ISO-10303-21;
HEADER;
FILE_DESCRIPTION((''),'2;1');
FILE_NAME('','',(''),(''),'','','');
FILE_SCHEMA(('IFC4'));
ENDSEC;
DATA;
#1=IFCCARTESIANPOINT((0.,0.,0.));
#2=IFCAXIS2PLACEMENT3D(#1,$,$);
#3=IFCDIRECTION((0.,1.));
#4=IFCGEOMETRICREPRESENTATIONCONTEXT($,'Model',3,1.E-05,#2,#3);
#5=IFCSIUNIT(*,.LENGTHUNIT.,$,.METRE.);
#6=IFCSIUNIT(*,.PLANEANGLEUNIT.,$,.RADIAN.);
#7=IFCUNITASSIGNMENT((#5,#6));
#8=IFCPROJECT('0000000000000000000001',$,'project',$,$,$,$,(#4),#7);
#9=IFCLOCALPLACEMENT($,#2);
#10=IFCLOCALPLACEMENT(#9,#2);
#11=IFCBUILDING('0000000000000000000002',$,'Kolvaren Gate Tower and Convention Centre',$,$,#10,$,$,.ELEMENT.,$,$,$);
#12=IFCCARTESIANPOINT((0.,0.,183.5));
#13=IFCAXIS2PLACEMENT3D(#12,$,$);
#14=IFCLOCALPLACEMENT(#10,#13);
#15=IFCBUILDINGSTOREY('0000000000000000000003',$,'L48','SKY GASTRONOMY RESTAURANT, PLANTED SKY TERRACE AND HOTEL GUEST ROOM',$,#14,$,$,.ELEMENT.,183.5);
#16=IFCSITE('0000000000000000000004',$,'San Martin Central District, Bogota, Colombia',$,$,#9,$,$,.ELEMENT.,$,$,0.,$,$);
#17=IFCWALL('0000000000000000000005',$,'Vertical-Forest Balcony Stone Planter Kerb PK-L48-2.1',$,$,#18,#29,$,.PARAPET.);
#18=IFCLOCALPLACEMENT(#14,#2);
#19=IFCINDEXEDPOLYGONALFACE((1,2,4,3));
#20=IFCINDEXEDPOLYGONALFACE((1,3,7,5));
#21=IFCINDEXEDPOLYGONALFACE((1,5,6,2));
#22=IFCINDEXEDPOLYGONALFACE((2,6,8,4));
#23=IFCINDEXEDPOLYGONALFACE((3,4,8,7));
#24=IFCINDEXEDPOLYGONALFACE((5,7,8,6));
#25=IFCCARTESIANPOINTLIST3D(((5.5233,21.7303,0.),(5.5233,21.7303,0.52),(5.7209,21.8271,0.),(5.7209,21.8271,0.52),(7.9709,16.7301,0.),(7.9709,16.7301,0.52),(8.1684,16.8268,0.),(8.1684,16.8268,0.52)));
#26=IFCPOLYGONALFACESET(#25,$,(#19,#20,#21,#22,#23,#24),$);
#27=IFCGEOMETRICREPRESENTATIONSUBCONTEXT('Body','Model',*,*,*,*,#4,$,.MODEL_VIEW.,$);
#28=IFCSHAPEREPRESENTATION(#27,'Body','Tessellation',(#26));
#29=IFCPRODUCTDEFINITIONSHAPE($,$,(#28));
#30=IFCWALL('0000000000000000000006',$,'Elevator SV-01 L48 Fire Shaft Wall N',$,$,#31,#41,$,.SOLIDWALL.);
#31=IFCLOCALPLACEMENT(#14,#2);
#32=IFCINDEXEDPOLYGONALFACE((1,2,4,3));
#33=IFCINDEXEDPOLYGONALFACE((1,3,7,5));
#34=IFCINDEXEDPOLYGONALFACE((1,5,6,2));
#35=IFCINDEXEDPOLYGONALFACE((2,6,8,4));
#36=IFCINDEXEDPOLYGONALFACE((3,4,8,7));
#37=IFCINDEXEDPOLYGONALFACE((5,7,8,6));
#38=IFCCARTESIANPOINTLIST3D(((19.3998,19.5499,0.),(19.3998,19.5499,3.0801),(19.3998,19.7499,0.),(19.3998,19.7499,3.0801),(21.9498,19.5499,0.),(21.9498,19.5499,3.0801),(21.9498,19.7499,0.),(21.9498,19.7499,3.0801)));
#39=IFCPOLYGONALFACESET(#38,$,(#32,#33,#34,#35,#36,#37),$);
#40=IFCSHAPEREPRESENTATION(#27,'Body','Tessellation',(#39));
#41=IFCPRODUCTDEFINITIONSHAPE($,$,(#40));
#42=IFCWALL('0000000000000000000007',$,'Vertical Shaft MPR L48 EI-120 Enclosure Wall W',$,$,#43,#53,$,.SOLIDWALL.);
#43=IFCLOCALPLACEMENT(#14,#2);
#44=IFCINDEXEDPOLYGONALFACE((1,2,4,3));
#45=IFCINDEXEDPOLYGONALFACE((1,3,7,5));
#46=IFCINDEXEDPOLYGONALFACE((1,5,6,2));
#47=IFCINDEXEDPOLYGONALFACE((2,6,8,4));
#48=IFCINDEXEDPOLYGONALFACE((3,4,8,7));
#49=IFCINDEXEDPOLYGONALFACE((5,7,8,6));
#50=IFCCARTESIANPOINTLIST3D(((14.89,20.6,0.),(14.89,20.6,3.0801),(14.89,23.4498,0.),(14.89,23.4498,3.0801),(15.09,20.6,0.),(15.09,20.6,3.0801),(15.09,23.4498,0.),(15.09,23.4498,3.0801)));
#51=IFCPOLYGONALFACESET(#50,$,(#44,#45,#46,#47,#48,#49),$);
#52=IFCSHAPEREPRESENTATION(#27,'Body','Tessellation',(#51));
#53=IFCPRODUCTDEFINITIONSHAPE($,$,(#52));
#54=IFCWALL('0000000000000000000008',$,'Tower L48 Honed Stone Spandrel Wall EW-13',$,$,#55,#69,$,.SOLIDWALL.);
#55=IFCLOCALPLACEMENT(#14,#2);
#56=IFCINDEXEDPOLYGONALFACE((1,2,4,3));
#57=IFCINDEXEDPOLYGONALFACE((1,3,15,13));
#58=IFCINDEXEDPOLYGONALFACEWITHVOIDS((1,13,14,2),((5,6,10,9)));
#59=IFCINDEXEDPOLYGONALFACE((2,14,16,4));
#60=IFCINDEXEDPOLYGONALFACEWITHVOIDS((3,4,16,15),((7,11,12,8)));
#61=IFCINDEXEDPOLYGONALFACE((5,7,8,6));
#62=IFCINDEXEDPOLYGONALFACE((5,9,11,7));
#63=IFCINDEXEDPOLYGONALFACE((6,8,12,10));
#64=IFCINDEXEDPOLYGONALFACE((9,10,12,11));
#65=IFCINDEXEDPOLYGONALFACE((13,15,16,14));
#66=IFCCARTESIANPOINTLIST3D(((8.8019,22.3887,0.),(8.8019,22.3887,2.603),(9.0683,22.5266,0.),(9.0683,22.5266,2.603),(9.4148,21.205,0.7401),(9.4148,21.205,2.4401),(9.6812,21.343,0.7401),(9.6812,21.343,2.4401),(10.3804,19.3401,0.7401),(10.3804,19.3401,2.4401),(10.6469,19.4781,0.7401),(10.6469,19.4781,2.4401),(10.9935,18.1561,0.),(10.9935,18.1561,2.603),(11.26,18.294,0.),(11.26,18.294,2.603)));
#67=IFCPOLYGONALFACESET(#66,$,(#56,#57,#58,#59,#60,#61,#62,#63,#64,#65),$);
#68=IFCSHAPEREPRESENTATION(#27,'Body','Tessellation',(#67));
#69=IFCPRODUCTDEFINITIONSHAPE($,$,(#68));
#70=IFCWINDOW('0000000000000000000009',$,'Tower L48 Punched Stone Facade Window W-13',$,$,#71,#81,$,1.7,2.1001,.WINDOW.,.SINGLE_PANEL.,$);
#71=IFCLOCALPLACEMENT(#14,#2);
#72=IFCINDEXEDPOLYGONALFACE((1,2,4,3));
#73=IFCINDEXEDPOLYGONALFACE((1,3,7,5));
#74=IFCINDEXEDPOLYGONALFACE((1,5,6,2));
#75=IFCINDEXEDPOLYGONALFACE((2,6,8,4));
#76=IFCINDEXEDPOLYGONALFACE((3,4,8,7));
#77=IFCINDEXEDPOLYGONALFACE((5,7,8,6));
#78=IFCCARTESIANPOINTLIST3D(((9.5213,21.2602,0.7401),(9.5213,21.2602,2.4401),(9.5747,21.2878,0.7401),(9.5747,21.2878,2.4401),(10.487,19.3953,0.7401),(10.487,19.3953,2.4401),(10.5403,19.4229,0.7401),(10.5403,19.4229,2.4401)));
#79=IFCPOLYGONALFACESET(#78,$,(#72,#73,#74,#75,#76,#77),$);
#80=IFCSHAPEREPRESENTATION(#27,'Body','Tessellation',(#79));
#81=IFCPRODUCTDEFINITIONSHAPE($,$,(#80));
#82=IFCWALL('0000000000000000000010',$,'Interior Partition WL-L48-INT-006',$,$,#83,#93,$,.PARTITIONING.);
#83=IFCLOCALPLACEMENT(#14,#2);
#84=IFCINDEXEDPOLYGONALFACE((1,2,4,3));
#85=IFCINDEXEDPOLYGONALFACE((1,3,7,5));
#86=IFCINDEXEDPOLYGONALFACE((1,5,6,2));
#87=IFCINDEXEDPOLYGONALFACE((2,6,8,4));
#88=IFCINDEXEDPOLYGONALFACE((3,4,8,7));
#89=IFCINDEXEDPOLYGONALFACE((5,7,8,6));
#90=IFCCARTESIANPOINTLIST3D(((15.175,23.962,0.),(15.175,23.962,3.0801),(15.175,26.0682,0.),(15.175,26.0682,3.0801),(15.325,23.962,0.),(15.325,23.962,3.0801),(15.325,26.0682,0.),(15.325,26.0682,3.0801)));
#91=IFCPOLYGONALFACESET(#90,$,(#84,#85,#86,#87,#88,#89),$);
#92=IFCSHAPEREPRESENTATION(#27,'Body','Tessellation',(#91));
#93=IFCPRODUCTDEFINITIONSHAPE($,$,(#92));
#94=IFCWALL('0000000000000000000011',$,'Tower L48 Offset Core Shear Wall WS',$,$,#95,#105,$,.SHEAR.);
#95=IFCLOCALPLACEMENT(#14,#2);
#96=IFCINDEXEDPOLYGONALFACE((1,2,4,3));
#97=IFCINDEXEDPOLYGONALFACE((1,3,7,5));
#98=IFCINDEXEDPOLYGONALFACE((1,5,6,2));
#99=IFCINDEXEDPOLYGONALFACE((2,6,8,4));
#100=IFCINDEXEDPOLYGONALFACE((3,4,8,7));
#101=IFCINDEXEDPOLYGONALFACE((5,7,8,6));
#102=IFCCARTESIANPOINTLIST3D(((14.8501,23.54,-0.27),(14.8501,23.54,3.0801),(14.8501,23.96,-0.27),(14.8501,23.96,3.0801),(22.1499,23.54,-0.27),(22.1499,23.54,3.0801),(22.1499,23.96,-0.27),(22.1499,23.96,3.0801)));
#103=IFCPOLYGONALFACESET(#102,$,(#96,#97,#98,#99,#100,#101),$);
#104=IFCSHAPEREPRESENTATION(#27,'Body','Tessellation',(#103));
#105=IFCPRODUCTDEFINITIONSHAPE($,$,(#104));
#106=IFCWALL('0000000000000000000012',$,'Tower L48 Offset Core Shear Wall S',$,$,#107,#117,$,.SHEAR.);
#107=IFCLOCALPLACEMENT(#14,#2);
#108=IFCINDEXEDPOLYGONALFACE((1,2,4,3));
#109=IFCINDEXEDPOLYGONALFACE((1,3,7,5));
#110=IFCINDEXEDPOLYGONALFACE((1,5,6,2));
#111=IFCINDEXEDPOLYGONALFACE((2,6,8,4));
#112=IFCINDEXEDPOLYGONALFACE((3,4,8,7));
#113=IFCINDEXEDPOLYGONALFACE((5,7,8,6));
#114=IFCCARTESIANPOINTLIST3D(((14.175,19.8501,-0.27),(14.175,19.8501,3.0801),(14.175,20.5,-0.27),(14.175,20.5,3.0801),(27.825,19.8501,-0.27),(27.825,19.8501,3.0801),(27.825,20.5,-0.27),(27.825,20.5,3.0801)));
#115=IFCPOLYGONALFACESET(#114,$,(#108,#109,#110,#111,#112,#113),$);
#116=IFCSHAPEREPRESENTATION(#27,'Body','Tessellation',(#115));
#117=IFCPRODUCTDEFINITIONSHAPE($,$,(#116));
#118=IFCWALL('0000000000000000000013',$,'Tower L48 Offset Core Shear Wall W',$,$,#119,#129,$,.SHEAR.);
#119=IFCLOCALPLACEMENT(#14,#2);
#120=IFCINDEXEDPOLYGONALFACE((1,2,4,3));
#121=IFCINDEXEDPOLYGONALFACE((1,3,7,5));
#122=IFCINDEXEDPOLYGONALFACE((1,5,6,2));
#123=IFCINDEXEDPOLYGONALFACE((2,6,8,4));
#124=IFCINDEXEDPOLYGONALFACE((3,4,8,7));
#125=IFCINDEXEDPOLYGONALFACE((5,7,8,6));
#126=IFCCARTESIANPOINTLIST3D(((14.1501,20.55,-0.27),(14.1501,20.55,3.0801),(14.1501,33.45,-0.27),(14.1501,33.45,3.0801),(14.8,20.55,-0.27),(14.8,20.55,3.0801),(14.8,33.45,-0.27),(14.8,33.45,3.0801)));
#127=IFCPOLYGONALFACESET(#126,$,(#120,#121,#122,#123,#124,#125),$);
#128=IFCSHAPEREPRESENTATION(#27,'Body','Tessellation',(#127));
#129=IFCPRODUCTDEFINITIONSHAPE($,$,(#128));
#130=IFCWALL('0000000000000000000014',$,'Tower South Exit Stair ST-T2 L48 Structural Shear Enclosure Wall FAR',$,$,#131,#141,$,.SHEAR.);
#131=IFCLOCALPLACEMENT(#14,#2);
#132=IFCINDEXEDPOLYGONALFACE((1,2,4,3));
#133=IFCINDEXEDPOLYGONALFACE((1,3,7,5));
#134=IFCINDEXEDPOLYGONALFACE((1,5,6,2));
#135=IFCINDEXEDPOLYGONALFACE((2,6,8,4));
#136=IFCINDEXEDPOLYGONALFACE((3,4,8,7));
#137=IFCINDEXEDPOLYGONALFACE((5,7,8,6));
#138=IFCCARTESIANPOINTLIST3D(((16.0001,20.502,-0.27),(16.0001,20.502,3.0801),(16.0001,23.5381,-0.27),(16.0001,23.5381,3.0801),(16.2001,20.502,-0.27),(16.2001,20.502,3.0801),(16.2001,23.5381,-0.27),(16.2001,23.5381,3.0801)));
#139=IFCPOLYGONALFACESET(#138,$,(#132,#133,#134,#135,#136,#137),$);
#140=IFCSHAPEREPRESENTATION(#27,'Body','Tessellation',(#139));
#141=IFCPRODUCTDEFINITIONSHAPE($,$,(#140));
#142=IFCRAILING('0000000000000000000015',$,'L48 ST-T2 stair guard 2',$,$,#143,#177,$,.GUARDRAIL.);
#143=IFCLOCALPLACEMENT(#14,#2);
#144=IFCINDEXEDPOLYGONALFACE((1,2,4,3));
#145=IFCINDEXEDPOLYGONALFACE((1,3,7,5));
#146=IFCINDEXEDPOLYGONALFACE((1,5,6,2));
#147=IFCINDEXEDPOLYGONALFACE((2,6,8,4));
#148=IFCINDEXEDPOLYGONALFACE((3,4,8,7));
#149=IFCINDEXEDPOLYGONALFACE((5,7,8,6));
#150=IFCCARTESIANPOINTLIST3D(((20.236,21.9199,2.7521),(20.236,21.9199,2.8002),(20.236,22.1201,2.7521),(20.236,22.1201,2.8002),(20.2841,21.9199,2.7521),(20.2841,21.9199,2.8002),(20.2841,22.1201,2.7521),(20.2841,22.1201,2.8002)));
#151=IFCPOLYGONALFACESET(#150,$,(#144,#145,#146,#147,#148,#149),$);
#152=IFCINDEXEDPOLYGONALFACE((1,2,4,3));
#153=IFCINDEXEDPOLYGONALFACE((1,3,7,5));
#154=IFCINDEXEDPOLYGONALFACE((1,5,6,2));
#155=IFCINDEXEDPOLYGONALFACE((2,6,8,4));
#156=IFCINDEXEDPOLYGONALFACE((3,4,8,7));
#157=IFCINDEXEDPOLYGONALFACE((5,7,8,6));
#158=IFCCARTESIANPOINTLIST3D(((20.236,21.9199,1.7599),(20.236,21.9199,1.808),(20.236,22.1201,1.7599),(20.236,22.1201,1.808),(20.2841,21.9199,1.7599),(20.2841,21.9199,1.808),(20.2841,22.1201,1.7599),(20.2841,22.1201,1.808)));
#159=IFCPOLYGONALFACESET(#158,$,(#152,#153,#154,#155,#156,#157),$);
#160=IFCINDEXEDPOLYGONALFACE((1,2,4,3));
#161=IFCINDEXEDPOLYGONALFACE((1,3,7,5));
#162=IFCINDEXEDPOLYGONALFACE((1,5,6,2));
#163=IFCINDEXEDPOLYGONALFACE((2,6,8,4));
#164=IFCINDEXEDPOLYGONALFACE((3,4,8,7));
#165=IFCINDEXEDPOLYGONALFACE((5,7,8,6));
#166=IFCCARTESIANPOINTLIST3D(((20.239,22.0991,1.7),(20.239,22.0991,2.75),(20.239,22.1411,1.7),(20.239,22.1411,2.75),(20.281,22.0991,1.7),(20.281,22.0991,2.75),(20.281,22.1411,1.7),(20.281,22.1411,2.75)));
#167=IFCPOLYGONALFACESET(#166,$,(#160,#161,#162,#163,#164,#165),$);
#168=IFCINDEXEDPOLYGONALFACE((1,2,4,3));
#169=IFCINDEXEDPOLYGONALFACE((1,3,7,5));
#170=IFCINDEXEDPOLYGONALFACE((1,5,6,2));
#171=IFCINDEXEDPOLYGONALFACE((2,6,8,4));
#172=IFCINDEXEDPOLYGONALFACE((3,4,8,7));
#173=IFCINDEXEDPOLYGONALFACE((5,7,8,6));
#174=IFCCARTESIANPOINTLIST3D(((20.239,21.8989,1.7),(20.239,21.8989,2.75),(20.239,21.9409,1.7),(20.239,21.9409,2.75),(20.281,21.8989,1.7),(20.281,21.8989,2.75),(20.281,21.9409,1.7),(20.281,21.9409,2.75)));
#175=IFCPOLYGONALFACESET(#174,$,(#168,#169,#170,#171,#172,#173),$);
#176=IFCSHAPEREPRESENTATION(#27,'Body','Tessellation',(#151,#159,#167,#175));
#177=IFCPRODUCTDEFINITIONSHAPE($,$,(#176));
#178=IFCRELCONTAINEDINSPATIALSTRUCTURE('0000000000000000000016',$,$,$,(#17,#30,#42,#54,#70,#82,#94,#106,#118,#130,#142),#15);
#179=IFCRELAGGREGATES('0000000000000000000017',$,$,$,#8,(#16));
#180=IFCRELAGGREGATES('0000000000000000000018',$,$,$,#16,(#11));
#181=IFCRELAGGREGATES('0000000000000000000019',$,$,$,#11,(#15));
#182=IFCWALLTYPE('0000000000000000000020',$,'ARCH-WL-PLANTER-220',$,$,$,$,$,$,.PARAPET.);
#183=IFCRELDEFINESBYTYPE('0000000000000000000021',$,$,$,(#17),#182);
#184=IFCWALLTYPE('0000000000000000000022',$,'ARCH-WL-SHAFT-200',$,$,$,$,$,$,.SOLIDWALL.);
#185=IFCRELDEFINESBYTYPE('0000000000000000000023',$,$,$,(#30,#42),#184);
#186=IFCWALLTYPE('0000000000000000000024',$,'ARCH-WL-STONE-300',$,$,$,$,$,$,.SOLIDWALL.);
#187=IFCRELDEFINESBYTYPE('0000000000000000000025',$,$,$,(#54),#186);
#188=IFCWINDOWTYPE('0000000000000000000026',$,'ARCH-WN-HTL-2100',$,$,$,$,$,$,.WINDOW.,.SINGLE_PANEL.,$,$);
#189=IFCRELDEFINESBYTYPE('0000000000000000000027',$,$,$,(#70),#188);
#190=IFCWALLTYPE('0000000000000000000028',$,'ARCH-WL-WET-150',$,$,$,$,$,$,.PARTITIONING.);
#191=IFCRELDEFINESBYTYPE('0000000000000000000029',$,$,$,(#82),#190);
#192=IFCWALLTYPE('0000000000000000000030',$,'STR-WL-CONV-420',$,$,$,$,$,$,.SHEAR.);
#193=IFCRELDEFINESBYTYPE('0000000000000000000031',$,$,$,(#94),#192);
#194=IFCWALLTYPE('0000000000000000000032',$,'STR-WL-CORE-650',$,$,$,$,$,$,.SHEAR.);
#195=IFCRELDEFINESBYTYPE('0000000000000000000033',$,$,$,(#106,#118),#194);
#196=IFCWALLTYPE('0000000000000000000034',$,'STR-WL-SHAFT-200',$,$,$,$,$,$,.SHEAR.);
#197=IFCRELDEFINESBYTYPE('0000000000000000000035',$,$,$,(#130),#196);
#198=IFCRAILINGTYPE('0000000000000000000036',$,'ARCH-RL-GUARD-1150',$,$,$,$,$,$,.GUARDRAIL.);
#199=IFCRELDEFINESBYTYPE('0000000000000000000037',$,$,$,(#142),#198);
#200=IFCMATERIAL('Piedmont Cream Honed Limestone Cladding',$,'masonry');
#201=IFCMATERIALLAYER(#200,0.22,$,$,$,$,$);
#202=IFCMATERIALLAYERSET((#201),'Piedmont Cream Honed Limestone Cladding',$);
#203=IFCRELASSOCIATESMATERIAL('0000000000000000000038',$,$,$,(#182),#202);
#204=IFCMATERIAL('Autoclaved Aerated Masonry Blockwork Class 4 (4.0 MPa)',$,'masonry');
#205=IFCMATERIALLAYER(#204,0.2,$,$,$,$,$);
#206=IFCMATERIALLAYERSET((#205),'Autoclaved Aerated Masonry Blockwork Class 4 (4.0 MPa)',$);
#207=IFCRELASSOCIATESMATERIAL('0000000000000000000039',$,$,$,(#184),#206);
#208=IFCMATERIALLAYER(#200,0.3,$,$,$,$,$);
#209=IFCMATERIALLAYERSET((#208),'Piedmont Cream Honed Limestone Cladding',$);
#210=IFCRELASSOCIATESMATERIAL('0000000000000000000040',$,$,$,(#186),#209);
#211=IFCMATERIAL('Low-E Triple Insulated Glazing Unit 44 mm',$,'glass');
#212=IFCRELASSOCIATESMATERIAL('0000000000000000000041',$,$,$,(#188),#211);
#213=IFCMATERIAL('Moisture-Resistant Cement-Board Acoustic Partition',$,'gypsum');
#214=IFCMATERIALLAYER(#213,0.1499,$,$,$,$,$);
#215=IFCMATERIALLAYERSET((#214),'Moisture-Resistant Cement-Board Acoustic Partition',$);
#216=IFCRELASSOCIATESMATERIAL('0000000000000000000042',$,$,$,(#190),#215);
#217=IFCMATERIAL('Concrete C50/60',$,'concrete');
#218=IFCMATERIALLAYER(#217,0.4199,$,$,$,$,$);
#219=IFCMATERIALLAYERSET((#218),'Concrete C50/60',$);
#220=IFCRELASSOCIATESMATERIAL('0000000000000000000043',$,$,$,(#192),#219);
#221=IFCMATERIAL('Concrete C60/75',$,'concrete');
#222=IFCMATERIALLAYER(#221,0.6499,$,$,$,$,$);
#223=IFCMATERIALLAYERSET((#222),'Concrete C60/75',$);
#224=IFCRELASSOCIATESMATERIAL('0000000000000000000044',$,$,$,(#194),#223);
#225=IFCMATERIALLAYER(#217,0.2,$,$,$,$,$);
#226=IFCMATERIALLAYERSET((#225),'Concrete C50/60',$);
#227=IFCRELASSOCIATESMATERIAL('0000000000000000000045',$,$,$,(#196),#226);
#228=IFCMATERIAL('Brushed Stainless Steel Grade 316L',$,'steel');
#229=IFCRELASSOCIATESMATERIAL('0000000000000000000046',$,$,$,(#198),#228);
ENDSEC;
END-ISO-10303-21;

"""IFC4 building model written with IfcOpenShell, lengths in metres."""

from ifc_helpers import new_model, si_unit, direction, frame, frame_2d, origin, origin_2d, place, context, subcontext, project, spatial, rectangle, extrude, material, layer, layer_set, type_object, element, fill, save


model = new_model("IFC4")

# Units and contexts
model_context = context("Model", 3, precision=1e-05, world=origin(), true_north=direction((0.0, 1.0)))
body_context = subcontext(model_context, "Body", "Model", "MODEL_VIEW")
ifc_project = project(units=[si_unit("LENGTHUNIT", "METRE"), si_unit("PLANEANGLEUNIT", "RADIAN")], contexts=[model_context])

# Site, building, storey
site_placement = place(None, origin())
site = spatial("IfcSite", under=ifc_project, at=site_placement, Name="San Martin Central District, Bogota, Colombia", CompositionType="ELEMENT", RefElevation=0.0)
building_placement = place(site_placement, origin())
building = spatial("IfcBuilding", under=site, at=building_placement, Name="Kolvaren Gate Tower and Convention Centre", CompositionType="ELEMENT")
storey_placement = place(building_placement, frame((0.0, 0.0, 183.5)))
storey = spatial("IfcBuildingStorey", under=building, at=storey_placement, Name="L48", Description="SKY GASTRONOMY RESTAURANT, PLANTED SKY TERRACE AND HOTEL GUEST ROOM", CompositionType="ELEMENT", Elevation=183.5)

# Shared definitions
ifc_material_1 = material(Name="Concrete C60/75", Category="concrete")

# Shared definitions
ifc_material_2 = material(Name="Autoclaved Aerated Masonry Blockwork Class 4 (4.0 MPa)", Category="masonry")

# Walls
ifc_material_3 = material(Name="Piedmont Cream Honed Limestone Cladding", Category="masonry")
ifc_layer_1 = layer(ifc_material_3, 0.22)
ifc_layer_set_1 = layer_set([ifc_layer_1], Name="Piedmont Cream Honed Limestone Cladding")
wall_type_1 = type_object("IfcWallType", Name="ARCH-WL-PLANTER-220", PredefinedType="PARAPET", material=ifc_layer_set_1)
wall_1_placement = place(storey_placement, frame((5.6221, 21.7788, 0.0), z_axis=(0.0, 0.0, 1.0), x_axis=(0.439637, -0.898175, 0.0)))
element("IfcWall", 1, at=wall_1_placement, inside=storey, type_object=wall_type_1, Name="Vertical-Forest Balcony Stone Planter Kerb PK-L48-2.1", PredefinedType="PARAPET", context=body_context, shape_type="SweptSolid", body=[
    extrude(rectangle(XDim=5.5671, YDim=0.22, at=frame_2d((2.7837, 0.0))), origin(), (0.0, 0.0, 1.0), 0.52),
])
ifc_layer_2 = layer(ifc_material_2, 0.2)
ifc_layer_set_2 = layer_set([ifc_layer_2], Name="Autoclaved Aerated Masonry Blockwork Class 4 (4.0 MPa)")
wall_type_2 = type_object("IfcWallType", Name="ARCH-WL-SHAFT-200", PredefinedType="SOLIDWALL", material=ifc_layer_set_2)
wall_2_placement = place(storey_placement, frame((19.3999, 19.6499, 0.0), z_axis=(0.0, 0.0, 1.0), x_axis=(1.0, 0.0, 0.0)))
element("IfcWall", 2, at=wall_2_placement, inside=storey, type_object=wall_type_2, Name="Elevator SV-01 L48 Fire Shaft Wall N", PredefinedType="SOLIDWALL", context=body_context, shape_type="SweptSolid", body=[
    extrude(rectangle(XDim=2.55, YDim=0.2, at=frame_2d((1.2749, 0.0))), origin(), (0.0, 0.0, 1.0), 3.0801),
])
wall_3_placement = place(storey_placement, frame((14.99, 20.6001, 0.0), z_axis=(0.0, 0.0, 1.0), x_axis=(0.0, 1.0, 0.0)))
element("IfcWall", 3, at=wall_3_placement, inside=storey, type_object=wall_type_2, Name="Vertical Shaft MPR L48 EI-120 Enclosure Wall W", PredefinedType="SOLIDWALL", context=body_context, shape_type="SweptSolid", body=[
    extrude(rectangle(XDim=2.8499, YDim=0.2, at=frame_2d((1.4248, 0.0))), origin(), (0.0, 0.0, 1.0), 3.0801),
])

# Wall, opening, window
ifc_layer_3 = layer(ifc_material_3, 0.3)
ifc_layer_set_3 = layer_set([ifc_layer_3], Name="Piedmont Cream Honed Limestone Cladding")
wall_type_3 = type_object("IfcWallType", Name="ARCH-WL-STONE-300", PredefinedType="SOLIDWALL", material=ifc_layer_set_3)
wall_4_placement = place(storey_placement, frame((8.9351, 22.4578, 0.0), z_axis=(0.0, 0.0, 1.0), x_axis=(0.45981, -0.888017, 0.0)))
wall_4 = element("IfcWall", 4, at=wall_4_placement, inside=storey, type_object=wall_type_3, Name="Tower L48 Honed Stone Spandrel Wall EW-13", PredefinedType="SOLIDWALL", context=body_context, shape_type="SweptSolid", body=[
    extrude(rectangle(XDim=4.7664, YDim=0.3, at=frame_2d((2.3833, 0.0))), origin(), (0.0, 0.0, 1.0), 2.603),
])
opening_1_placement = place(wall_4_placement, frame((1.333, 0.0, 0.74)))
opening_1 = element("IfcOpeningElement", 5, at=opening_1_placement, cuts=wall_4, PredefinedType="OPENING", context=body_context, shape_type="SweptSolid", body=[
    extrude(rectangle(XDim=2.1001, YDim=1.7, at=frame_2d((1.05, 0.8501))), frame((0.0, 0.1599, 0.0), z_axis=(0.0, -1.0, 0.0), x_axis=(1.0, 0.0, 0.0)), (0.0, 0.0, 1.0), 0.3201),
])
ifc_material_4 = material(Name="Low-E Triple Insulated Glazing Unit 44 mm", Category="glass")
window_type = type_object("IfcWindowType", Name="ARCH-WN-HTL-2100", PartitioningType="SINGLE_PANEL", PredefinedType="WINDOW", material=ifc_material_4)
window_placement = place(opening_1_placement, origin())
window = element("IfcWindow", 6, at=window_placement, inside=storey, type_object=window_type, Name="Tower L48 Punched Stone Facade Window W-13", OverallHeight=1.7, OverallWidth=2.1001, PartitioningType="SINGLE_PANEL", PredefinedType="WINDOW", context=body_context, shape_type="SweptSolid", body=[
    extrude(rectangle(XDim=2.1001, YDim=1.7, at=frame_2d((1.05, 0.8501))), frame((0.0, 0.03, 0.0), z_axis=(0.0, -1.0, 0.0), x_axis=(1.0, 0.0, 0.0)), (0.0, 0.0, 1.0), 0.0601),
])
fill(opening_1, window)

# Walls
ifc_material_5 = material(Name="Moisture-Resistant Cement-Board Acoustic Partition", Category="gypsum")
ifc_layer_4 = layer(ifc_material_5, 0.1499)
ifc_layer_set_4 = layer_set([ifc_layer_4], Name="Moisture-Resistant Cement-Board Acoustic Partition")
wall_type_4 = type_object("IfcWallType", Name="ARCH-WL-WET-150", PredefinedType="PARTITIONING", material=ifc_layer_set_4)
wall_5_placement = place(storey_placement, frame((15.25, 23.9619, 0.0), z_axis=(0.0, 0.0, 1.0), x_axis=(0.0, 1.0, 0.0)))
element("IfcWall", 7, at=wall_5_placement, inside=storey, type_object=wall_type_4, Name="Interior Partition WL-L48-INT-006", PredefinedType="PARTITIONING", context=body_context, shape_type="SweptSolid", body=[
    extrude(rectangle(XDim=2.1062, YDim=0.1499, at=frame_2d((1.0532, 0.0))), origin(), (0.0, 0.0, 1.0), 3.0801),
])
ifc_material_6 = material(Name="Concrete C50/60", Category="concrete")
ifc_layer_5 = layer(ifc_material_6, 0.4199)
ifc_layer_set_5 = layer_set([ifc_layer_5], Name="Concrete C50/60")
wall_type_5 = type_object("IfcWallType", Name="STR-WL-CONV-420", PredefinedType="SHEAR", material=ifc_layer_set_5)
wall_6_placement = place(storey_placement, frame((14.8501, 23.75, -0.27), z_axis=(0.0, 0.0, 1.0), x_axis=(1.0, 0.0, 0.0)))
element("IfcWall", 8, at=wall_6_placement, inside=storey, type_object=wall_type_5, Name="Tower L48 Offset Core Shear Wall WS", PredefinedType="SHEAR", context=body_context, shape_type="SweptSolid", body=[
    extrude(rectangle(XDim=7.2998, YDim=0.4199, at=frame_2d((3.6499, 0.0))), origin(), (0.0, 0.0, 1.0), 3.3501),
])
ifc_layer_6 = layer(ifc_material_1, 0.6499)
ifc_layer_set_6 = layer_set([ifc_layer_6], Name="Concrete C60/75")
wall_type_6 = type_object("IfcWallType", Name="STR-WL-CORE-650", PredefinedType="SHEAR", material=ifc_layer_set_6)
wall_7_placement = place(storey_placement, frame((14.175, 20.175, -0.27), z_axis=(0.0, 0.0, 1.0), x_axis=(1.0, 0.0, 0.0)))
element("IfcWall", 9, at=wall_7_placement, inside=storey, type_object=wall_type_6, Name="Tower L48 Offset Core Shear Wall S", PredefinedType="SHEAR", context=body_context, shape_type="SweptSolid", body=[
    extrude(rectangle(XDim=13.6499, YDim=0.6499, at=frame_2d((6.825, 0.0))), origin(), (0.0, 0.0, 1.0), 3.3501),
])
wall_8_placement = place(storey_placement, frame((14.4751, 20.55, -0.27), z_axis=(0.0, 0.0, 1.0), x_axis=(0.0, 1.0, 0.0)))
element("IfcWall", 10, at=wall_8_placement, inside=storey, type_object=wall_type_6, Name="Tower L48 Offset Core Shear Wall W", PredefinedType="SHEAR", context=body_context, shape_type="SweptSolid", body=[
    extrude(rectangle(XDim=12.8999, YDim=0.6499, at=frame_2d((6.45, 0.0))), origin(), (0.0, 0.0, 1.0), 3.3501),
])
ifc_layer_7 = layer(ifc_material_6, 0.2)
ifc_layer_set_7 = layer_set([ifc_layer_7], Name="Concrete C50/60")
wall_type_7 = type_object("IfcWallType", Name="STR-WL-SHAFT-200", PredefinedType="SHEAR", material=ifc_layer_set_7)
wall_9_placement = place(storey_placement, frame((16.1001, 20.502, -0.27), z_axis=(0.0, 0.0, 1.0), x_axis=(0.0, 1.0, 0.0)))
element("IfcWall", 11, at=wall_9_placement, inside=storey, type_object=wall_type_7, Name="Tower South Exit Stair ST-T2 L48 Structural Shear Enclosure Wall FAR", PredefinedType="SHEAR", context=body_context, shape_type="SweptSolid", body=[
    extrude(rectangle(XDim=3.0361, YDim=0.2, at=frame_2d((1.5181, 0.0))), origin(), (0.0, 0.0, 1.0), 3.3501),
])

# Railing
ifc_material_7 = material(Name="Brushed Stainless Steel Grade 316L", Category="steel")
railing_type = type_object("IfcRailingType", Name="ARCH-RL-GUARD-1150", PredefinedType="GUARDRAIL", material=ifc_material_7)
railing_1_placement = place(storey_placement, frame((20.26, 22.1201, 1.7)))
element("IfcRailing", 12, at=railing_1_placement, inside=storey, type_object=railing_type, Name="L48 ST-T2 stair guard 2", PredefinedType="GUARDRAIL", context=body_context, shape_type="SweptSolid", body=[
    extrude(rectangle(XDim=0.0481, YDim=0.0481, at=origin_2d()), frame((0.0, 0.0, 1.0762), z_axis=(0.0, -1.0, 0.0), x_axis=(1.0, 0.0, 0.0)), (0.0, 0.0, 1.0), 0.2002),
    extrude(rectangle(XDim=0.0481, YDim=0.0481, at=origin_2d()), frame((0.0, 0.0, 0.084), z_axis=(0.0, -1.0, 0.0), x_axis=(1.0, 0.0, 0.0)), (0.0, 0.0, 1.0), 0.2002),
    extrude(rectangle(XDim=0.042, YDim=0.042, at=origin_2d()), origin(), (0.0, 0.0, 1.0), 1.05),
    extrude(rectangle(XDim=0.042, YDim=0.042, at=origin_2d()), frame((0.0, -0.2002, 0.0)), (0.0, 0.0, 1.0), 1.05),
])

save(model, "model.ifc")
